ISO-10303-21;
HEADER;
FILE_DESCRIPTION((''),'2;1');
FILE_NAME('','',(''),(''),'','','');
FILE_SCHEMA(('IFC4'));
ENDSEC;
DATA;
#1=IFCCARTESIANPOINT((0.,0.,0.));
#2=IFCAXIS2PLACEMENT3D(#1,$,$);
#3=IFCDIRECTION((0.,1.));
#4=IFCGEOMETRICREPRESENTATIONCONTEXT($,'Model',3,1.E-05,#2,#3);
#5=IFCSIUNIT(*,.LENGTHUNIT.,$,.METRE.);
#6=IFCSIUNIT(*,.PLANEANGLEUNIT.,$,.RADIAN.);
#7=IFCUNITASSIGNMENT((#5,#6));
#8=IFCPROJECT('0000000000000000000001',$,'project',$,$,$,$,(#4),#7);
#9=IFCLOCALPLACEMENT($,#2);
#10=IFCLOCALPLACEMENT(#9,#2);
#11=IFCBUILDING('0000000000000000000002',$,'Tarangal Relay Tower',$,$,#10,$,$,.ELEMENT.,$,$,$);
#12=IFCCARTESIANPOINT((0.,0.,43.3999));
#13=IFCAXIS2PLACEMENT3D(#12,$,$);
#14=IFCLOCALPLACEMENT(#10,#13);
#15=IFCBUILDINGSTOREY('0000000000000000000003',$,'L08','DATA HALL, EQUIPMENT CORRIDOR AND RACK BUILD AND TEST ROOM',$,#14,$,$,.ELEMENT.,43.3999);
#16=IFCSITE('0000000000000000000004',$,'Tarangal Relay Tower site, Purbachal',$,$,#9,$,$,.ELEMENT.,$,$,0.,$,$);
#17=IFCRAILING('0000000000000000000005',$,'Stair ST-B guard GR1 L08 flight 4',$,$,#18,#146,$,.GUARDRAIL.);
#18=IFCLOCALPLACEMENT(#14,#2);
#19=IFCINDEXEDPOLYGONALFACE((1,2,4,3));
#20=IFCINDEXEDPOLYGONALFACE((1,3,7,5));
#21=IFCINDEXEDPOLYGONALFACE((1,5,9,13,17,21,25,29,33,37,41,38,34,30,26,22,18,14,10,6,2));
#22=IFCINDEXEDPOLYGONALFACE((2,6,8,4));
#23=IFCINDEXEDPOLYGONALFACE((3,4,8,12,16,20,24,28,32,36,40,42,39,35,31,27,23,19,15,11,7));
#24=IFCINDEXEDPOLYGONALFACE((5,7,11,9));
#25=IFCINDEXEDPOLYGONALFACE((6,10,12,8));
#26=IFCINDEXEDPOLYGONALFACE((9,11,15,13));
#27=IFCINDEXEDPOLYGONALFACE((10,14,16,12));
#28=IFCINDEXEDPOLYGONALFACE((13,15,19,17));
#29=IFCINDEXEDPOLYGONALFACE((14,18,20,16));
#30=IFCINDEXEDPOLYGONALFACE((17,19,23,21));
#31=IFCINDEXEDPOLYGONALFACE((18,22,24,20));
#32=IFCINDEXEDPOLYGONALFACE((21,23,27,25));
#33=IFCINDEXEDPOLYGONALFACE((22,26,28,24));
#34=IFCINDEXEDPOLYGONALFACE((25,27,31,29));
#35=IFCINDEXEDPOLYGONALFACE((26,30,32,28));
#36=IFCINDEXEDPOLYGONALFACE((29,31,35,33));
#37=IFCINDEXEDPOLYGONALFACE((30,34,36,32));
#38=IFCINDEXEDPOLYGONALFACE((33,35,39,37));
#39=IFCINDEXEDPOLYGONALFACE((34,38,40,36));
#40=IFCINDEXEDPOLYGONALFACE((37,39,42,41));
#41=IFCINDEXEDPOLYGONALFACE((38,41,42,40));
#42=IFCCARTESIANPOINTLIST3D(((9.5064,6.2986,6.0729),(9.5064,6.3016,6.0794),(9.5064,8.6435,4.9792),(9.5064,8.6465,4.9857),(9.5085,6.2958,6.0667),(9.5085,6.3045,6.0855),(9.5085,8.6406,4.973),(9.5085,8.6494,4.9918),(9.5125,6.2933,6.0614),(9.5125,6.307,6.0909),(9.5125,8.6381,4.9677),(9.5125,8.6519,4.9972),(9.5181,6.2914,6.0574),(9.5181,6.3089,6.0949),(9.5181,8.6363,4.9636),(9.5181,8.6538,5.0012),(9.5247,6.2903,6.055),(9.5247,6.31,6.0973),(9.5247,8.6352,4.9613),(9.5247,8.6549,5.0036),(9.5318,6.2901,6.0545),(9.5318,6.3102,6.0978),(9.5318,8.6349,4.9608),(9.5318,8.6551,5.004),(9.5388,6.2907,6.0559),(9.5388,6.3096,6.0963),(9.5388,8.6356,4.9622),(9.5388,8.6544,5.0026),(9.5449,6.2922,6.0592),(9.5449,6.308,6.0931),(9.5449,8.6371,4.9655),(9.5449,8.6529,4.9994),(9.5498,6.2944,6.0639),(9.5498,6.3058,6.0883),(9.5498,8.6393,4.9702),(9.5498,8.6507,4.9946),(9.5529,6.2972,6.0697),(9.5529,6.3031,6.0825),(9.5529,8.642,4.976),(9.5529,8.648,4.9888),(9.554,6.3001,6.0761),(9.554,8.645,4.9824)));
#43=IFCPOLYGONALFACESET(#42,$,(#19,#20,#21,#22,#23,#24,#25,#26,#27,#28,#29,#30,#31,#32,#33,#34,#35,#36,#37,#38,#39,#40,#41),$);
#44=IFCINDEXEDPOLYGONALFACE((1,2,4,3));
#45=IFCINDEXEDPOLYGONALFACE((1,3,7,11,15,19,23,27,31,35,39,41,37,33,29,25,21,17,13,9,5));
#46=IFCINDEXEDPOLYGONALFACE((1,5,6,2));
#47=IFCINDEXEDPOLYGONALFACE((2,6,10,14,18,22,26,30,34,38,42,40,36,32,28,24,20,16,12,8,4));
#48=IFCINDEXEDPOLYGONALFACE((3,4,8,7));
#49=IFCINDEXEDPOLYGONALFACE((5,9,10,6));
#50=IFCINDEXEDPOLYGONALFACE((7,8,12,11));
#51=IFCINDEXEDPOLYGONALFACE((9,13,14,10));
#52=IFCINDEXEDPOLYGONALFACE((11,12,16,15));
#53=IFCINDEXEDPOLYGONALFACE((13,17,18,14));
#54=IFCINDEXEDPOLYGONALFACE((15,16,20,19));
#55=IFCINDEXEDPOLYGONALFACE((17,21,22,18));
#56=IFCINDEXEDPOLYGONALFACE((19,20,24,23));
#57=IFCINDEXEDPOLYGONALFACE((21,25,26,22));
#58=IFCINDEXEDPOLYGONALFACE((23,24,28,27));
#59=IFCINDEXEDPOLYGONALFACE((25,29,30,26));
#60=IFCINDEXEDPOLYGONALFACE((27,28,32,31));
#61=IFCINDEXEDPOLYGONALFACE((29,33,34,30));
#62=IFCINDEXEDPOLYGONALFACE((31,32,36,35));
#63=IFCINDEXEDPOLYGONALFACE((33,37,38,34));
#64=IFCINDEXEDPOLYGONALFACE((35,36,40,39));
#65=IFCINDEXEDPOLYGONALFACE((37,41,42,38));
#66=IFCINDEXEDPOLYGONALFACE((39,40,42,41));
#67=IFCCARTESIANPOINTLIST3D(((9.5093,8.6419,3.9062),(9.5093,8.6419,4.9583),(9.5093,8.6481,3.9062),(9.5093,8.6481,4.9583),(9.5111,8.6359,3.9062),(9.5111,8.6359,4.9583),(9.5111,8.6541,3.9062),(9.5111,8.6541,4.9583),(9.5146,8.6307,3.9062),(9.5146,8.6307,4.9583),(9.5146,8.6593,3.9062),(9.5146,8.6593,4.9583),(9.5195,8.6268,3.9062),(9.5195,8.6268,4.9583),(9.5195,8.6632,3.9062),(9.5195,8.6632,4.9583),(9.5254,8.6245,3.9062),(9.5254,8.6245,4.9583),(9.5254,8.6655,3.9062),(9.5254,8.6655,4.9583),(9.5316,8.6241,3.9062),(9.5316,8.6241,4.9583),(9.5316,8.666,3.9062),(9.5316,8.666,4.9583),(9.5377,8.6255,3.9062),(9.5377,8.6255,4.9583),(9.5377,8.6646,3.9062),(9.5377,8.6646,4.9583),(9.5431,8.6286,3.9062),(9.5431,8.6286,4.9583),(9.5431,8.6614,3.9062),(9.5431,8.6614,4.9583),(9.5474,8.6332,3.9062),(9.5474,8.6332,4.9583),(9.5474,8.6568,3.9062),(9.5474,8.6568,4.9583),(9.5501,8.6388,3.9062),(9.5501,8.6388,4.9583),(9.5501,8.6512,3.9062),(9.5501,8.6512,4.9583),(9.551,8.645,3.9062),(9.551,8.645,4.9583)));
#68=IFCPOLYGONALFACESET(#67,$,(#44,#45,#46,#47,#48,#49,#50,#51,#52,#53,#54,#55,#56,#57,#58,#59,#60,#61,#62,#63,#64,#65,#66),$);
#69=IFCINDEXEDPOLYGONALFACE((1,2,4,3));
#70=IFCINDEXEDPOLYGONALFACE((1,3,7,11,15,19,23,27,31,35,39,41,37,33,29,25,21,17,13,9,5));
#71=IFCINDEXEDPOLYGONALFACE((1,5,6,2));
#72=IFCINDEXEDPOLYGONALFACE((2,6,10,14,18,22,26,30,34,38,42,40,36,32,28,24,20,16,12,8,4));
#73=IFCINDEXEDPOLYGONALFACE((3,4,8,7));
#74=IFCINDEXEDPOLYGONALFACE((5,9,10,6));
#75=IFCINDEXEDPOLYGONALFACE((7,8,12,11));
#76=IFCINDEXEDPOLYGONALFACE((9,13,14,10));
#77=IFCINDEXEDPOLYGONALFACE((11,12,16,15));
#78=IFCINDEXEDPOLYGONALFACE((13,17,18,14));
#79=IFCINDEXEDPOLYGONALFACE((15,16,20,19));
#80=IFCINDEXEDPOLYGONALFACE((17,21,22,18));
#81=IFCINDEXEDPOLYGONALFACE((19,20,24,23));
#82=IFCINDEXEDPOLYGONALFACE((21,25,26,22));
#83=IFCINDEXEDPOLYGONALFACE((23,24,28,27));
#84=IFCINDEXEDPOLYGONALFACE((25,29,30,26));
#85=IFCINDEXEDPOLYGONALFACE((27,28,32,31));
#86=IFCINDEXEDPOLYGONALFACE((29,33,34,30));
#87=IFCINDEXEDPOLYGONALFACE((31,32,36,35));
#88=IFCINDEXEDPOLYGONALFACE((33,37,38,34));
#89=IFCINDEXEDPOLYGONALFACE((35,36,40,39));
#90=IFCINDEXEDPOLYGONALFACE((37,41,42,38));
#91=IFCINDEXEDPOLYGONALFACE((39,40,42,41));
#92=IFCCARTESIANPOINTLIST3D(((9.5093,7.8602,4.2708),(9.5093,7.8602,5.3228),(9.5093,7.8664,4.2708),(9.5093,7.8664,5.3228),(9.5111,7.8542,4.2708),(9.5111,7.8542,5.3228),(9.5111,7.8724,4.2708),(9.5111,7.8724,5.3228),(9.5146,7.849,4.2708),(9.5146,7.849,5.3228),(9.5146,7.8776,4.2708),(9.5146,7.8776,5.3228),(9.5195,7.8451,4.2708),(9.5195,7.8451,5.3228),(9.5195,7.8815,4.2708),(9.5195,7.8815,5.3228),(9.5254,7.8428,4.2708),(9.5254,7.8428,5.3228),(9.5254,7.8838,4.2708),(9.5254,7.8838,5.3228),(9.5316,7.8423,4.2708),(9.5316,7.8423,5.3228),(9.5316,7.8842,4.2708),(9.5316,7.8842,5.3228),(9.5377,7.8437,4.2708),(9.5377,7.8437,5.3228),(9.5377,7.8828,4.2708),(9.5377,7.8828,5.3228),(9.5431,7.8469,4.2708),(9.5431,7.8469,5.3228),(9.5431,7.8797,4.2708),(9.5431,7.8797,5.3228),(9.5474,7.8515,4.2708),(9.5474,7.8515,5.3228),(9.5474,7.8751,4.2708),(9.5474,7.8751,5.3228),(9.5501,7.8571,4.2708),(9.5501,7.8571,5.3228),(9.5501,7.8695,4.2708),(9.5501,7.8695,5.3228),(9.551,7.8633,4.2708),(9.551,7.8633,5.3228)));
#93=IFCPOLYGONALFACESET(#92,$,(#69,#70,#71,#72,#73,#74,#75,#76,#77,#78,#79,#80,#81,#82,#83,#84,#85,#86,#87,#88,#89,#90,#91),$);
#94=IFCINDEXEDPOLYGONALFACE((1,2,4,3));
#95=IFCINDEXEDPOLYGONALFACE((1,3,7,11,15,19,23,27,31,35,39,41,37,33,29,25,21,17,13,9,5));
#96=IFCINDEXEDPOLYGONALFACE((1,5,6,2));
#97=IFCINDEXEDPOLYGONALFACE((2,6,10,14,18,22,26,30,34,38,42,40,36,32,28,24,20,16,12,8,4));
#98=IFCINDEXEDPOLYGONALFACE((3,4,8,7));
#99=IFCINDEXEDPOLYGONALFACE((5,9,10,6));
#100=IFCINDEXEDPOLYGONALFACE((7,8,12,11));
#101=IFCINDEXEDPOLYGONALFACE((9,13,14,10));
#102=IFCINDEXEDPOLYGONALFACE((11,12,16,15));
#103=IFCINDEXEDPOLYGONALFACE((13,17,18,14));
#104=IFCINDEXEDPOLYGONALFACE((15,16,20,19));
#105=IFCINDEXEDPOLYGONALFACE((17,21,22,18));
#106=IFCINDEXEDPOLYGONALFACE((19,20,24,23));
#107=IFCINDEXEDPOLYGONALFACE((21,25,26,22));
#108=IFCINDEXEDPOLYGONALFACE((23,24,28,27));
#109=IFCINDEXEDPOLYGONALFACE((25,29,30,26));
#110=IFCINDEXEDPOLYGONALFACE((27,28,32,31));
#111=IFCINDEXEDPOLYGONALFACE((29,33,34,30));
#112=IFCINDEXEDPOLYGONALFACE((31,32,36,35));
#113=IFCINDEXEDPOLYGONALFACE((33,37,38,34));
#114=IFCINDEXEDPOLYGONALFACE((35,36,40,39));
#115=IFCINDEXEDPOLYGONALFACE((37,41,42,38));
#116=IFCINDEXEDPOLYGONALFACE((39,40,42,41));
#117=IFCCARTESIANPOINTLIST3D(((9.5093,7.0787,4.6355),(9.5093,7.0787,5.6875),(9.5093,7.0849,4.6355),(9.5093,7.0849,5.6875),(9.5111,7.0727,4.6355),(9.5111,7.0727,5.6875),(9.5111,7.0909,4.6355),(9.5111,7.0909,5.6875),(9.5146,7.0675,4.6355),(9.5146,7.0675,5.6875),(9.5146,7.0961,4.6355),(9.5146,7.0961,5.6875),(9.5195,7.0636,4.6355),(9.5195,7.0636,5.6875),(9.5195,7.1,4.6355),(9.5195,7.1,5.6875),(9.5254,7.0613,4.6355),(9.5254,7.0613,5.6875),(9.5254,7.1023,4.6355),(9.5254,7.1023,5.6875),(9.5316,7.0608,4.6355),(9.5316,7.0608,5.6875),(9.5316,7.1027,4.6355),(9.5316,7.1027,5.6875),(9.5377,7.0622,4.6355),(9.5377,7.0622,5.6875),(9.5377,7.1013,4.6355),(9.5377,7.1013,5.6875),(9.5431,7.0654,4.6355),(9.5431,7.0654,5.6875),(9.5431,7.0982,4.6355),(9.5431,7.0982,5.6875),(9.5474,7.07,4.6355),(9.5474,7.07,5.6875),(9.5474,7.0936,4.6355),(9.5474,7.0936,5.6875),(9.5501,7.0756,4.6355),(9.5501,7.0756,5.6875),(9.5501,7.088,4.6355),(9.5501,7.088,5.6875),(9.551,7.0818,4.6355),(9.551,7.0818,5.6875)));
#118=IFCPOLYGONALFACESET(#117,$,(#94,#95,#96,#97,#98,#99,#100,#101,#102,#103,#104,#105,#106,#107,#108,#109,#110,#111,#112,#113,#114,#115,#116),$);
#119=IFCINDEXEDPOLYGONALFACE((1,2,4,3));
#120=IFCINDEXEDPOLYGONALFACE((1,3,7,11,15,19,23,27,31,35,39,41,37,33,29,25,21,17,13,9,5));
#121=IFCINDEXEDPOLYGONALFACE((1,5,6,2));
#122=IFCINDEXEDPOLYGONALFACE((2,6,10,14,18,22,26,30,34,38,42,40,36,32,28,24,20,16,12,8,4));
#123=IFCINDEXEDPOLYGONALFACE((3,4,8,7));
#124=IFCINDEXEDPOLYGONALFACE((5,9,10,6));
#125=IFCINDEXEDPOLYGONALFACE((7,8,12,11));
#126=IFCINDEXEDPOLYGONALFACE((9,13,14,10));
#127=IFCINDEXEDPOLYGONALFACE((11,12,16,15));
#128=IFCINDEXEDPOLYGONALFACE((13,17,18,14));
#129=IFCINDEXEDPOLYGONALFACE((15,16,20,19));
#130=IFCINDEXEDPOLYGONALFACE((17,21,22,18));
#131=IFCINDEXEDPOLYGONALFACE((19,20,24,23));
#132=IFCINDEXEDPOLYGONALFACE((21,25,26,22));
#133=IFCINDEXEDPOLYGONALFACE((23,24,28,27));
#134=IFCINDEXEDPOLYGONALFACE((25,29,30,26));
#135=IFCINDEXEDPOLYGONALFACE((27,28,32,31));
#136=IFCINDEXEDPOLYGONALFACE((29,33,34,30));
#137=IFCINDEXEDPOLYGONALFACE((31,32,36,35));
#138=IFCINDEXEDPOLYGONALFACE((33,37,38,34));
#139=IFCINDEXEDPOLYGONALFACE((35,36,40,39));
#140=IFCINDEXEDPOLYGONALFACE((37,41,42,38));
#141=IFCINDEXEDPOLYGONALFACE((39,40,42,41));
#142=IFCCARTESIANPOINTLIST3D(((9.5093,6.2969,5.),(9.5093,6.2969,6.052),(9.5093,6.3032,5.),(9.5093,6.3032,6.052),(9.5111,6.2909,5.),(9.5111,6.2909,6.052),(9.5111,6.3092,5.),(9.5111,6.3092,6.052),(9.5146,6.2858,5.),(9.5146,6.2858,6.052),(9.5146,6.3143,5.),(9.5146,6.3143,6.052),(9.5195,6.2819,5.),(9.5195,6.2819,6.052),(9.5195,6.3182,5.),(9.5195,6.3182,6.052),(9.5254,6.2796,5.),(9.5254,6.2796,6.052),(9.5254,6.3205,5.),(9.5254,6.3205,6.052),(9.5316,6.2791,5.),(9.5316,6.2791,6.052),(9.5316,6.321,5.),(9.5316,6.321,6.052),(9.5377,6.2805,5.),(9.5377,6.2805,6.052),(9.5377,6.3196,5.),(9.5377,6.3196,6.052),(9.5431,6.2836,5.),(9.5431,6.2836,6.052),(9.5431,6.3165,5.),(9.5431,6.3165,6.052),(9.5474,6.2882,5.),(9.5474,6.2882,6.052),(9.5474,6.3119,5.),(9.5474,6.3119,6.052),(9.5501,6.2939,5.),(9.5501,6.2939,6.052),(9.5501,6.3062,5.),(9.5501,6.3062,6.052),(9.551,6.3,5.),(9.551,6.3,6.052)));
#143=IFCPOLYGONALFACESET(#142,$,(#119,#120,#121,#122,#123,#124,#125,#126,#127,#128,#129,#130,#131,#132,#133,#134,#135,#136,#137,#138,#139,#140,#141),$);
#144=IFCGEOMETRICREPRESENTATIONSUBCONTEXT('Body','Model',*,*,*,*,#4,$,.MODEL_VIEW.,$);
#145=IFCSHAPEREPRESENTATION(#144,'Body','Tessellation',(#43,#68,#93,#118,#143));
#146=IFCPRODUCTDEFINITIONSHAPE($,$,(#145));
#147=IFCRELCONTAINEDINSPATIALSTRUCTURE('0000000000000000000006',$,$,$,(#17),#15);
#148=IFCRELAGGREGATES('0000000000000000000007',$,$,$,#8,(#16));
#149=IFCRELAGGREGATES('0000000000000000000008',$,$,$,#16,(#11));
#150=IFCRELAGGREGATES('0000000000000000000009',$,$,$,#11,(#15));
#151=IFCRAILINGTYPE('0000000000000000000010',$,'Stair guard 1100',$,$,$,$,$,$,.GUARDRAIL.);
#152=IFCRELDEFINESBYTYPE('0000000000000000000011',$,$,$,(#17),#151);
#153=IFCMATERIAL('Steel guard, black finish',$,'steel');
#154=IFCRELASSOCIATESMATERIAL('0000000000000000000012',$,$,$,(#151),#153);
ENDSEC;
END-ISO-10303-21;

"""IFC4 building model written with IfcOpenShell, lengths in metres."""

from ifc_helpers import new_model, si_unit, direction, frame, origin, origin_2d, place, context, subcontext, project, spatial, circle, extrude, material, type_object, element, save


model = new_model("IFC4")

# Units and contexts
model_context = context("Model", 3, precision=1e-05, world=origin(), true_north=direction((0.0, 1.0)))
body_context = subcontext(model_context, "Body", "Model", "MODEL_VIEW")
ifc_project = project(units=[si_unit("LENGTHUNIT", "METRE"), si_unit("PLANEANGLEUNIT", "RADIAN")], contexts=[model_context])

# Site, building, storey
site_placement = place(None, origin())
site = spatial("IfcSite", under=ifc_project, at=site_placement, Name="Tarangal Relay Tower site, Purbachal", CompositionType="ELEMENT", RefElevation=0.0)
building_placement = place(site_placement, origin())
building = spatial("IfcBuilding", under=site, at=building_placement, Name="Tarangal Relay Tower", CompositionType="ELEMENT")
storey_placement = place(building_placement, frame((0.0, 0.0, 43.3999)))
storey = spatial("IfcBuildingStorey", under=building, at=storey_placement, Name="L08", Description="DATA HALL, EQUIPMENT CORRIDOR AND RACK BUILD AND TEST ROOM", CompositionType="ELEMENT", Elevation=43.3999)

# Railing
ifc_material_1 = material(Name="Steel guard, black finish", Category="steel")
railing_type_1 = type_object("IfcRailingType", Name="Stair guard 1100", PredefinedType="GUARDRAIL", material=ifc_material_1)
railing_1_placement = place(storey_placement, frame((9.53, 8.645, 3.9062)))
element("IfcRailing", 1, at=railing_1_placement, inside=storey, type_object=railing_type_1, Name="Stair ST-B guard GR1 L08 flight 4", PredefinedType="GUARDRAIL", context=body_context, shape_type="SweptSolid", body=[
    extrude(circle(Radius=0.0239, at=origin_2d()), frame((0.0, 0.0, 1.0762), z_axis=(0.0, -0.906267, 0.422705), x_axis=(1.0, 0.0, 0.0)), (0.0, 0.0, 1.0), 2.5874),
    extrude(circle(Radius=0.021, at=origin_2d()), origin(), (0.0, 0.0, 1.0), 1.052),
    extrude(circle(Radius=0.021, at=origin_2d()), frame((0.0, -0.7817, 0.3645)), (0.0, 0.0, 1.0), 1.052),
    extrude(circle(Radius=0.021, at=origin_2d()), frame((0.0, -1.5632, 0.7292)), (0.0, 0.0, 1.0), 1.052),
    extrude(circle(Radius=0.021, at=origin_2d()), frame((0.0, -2.345, 1.0938)), (0.0, 0.0, 1.0), 1.052),
])

save(model, "model.ifc")
